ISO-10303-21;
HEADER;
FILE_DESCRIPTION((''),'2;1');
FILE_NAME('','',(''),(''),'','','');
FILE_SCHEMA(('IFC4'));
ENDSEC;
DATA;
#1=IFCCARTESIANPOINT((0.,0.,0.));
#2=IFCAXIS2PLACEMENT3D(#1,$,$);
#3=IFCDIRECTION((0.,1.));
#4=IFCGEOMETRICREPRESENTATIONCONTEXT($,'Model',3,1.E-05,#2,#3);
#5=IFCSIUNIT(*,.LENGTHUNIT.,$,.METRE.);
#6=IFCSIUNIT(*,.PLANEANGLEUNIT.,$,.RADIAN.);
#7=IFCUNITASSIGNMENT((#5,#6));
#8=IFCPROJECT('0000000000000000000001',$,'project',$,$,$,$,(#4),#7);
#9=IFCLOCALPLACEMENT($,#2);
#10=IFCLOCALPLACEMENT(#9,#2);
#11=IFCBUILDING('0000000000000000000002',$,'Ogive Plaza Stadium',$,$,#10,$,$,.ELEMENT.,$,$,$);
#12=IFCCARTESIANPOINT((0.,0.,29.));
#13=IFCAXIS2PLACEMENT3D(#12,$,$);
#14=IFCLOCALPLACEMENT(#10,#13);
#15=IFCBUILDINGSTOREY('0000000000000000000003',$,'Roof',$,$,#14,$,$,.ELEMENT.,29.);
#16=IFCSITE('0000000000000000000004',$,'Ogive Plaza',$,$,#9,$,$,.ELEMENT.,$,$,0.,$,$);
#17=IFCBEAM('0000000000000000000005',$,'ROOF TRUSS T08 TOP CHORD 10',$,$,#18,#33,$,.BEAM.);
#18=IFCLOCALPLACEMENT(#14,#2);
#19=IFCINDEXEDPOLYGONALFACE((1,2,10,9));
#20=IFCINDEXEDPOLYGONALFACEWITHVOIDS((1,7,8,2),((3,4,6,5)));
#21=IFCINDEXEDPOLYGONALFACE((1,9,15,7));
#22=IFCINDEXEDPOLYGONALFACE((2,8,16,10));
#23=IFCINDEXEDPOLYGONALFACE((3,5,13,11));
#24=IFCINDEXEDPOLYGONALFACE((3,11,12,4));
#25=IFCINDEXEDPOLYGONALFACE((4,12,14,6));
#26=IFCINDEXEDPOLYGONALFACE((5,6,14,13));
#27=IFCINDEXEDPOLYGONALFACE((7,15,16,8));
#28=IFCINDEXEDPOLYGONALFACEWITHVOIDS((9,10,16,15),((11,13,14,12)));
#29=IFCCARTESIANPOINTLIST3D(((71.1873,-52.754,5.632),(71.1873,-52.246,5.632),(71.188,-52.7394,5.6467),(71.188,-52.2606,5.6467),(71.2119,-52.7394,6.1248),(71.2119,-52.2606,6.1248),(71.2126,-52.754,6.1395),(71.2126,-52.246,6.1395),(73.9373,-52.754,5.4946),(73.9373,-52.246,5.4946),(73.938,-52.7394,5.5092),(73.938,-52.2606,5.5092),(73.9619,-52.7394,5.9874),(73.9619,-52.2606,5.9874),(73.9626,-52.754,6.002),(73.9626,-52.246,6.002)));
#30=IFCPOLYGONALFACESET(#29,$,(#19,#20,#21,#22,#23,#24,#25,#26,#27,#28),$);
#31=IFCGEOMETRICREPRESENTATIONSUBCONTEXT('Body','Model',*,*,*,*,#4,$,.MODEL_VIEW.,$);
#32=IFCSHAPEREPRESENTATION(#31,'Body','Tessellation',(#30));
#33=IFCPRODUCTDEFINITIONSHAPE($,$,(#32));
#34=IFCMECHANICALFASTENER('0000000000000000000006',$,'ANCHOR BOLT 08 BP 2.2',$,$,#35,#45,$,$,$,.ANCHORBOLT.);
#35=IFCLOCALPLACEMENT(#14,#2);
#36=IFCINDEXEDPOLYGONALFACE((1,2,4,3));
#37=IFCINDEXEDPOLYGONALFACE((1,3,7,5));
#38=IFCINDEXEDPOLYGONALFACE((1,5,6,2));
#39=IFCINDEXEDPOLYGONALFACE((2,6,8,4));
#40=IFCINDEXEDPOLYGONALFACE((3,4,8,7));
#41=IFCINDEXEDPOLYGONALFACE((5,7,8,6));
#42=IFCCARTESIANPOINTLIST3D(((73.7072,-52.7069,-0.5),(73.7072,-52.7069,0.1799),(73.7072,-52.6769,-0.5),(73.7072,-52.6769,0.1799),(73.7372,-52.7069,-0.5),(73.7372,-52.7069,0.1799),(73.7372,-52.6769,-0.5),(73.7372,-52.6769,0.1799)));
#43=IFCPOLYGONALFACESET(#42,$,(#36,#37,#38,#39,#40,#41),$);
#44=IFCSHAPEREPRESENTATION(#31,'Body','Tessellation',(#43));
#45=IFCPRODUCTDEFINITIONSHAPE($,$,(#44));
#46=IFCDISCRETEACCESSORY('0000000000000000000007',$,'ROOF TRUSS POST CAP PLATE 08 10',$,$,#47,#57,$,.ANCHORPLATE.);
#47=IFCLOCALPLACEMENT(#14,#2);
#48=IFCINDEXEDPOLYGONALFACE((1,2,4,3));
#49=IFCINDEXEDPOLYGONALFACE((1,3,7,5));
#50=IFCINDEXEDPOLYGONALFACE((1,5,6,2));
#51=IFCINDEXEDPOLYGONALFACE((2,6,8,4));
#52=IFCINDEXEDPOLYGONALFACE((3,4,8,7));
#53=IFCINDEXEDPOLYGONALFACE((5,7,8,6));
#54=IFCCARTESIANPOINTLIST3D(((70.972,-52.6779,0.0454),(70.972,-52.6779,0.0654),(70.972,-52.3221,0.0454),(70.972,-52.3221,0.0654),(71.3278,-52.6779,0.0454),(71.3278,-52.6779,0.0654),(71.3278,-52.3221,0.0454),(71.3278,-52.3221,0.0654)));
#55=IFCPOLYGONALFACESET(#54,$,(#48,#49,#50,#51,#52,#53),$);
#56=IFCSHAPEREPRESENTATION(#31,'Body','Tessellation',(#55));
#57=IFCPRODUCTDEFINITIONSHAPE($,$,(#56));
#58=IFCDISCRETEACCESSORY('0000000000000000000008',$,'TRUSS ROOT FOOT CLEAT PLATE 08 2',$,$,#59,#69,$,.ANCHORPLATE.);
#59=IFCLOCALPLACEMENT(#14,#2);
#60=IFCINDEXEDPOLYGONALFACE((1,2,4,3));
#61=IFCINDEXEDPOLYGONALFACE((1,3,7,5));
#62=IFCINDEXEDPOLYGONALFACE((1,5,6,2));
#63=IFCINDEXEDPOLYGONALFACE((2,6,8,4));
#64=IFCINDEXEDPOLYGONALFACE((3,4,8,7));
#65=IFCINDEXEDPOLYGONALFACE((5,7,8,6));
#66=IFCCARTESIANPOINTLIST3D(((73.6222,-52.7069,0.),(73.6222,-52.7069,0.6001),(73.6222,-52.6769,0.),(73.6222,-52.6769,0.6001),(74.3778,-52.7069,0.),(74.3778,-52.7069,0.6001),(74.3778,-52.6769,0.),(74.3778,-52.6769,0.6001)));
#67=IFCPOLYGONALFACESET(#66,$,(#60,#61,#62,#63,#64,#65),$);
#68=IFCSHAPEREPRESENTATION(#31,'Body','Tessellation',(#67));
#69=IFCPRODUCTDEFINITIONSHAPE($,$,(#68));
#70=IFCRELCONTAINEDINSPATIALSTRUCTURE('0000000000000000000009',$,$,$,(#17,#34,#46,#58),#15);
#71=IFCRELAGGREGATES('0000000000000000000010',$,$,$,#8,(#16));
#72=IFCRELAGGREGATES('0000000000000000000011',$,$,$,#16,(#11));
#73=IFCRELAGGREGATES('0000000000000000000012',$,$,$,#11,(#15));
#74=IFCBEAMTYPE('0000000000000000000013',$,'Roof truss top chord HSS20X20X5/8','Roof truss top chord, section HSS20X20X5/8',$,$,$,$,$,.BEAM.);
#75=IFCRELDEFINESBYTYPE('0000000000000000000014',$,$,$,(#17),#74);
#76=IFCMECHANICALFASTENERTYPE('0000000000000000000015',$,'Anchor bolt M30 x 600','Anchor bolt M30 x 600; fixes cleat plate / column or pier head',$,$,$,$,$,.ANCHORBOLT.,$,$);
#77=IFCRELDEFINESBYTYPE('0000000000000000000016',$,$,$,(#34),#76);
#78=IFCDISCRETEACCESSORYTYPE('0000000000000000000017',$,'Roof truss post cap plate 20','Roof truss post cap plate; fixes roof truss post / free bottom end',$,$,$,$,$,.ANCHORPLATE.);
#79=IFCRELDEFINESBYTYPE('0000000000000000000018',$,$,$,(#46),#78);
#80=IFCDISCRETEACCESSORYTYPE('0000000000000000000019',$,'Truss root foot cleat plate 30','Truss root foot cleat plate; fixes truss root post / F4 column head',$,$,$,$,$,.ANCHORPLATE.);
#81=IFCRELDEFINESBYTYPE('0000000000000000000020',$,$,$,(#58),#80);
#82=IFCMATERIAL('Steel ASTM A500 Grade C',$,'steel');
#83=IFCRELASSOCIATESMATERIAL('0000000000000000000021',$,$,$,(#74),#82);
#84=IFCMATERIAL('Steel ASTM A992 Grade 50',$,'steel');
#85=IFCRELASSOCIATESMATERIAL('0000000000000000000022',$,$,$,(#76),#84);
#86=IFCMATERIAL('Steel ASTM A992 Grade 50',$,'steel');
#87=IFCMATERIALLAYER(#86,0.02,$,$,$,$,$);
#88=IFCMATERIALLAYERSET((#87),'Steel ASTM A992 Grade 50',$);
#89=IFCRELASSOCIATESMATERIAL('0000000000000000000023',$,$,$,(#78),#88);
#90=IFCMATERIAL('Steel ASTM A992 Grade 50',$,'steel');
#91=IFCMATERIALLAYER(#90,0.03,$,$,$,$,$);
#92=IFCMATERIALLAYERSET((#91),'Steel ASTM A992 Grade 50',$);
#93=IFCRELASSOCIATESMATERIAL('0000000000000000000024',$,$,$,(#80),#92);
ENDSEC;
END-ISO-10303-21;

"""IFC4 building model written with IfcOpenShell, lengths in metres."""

from ifc_helpers import new_model, si_unit, direction, frame, origin, origin_2d, place, context, subcontext, project, spatial, rectangle, hollow_rectangle, extrude, material, layer, layer_set, material_profile, profile_set, type_object, element, save


model = new_model("IFC4")

# Units and contexts
model_context = context("Model", 3, precision=1e-05, world=origin(), true_north=direction((0.0, 1.0)))
body_context = subcontext(model_context, "Body", "Model", "MODEL_VIEW")
ifc_project = project(units=[si_unit("LENGTHUNIT", "METRE"), si_unit("PLANEANGLEUNIT", "RADIAN")], contexts=[model_context])

# Site, building, storey
site_placement = place(None, origin())
site = spatial("IfcSite", under=ifc_project, at=site_placement, Name="Ogive Plaza", CompositionType="ELEMENT", RefElevation=0.0)
building_placement = place(site_placement, origin())
building = spatial("IfcBuilding", under=site, at=building_placement, Name="Ogive Plaza Stadium", CompositionType="ELEMENT")
storey_placement = place(building_placement, frame((0.0, 0.0, 29.0)))
storey = spatial("IfcBuildingStorey", under=building, at=storey_placement, Name="Roof", CompositionType="ELEMENT", Elevation=29.0)

# Beam
ifc_material_1 = material(Name="Steel ASTM A500 Grade C", Category="steel")
ifc_material_profile_1 = material_profile(ifc_material_1, hollow_rectangle(XDim=0.5081, YDim=0.5081, WallThickness=0.0146, at=origin_2d()), Name="HSS20X20X5/8")
ifc_profile_set_1 = profile_set([ifc_material_profile_1], Name="Steel ASTM A500 Grade C")
beam_type_1 = type_object("IfcBeamType", Name="Roof truss top chord HSS20X20X5/8", Description="Roof truss top chord, section HSS20X20X5/8", PredefinedType="BEAM", material=ifc_profile_set_1)
beam_1_placement = place(storey_placement, frame((71.2, -52.5, 5.8857), z_axis=(0.998753, 0.0, -0.04992), x_axis=(0.0, 1.0, 0.0)))
element("IfcBeam", 1, at=beam_1_placement, inside=storey, type_object=beam_type_1, Name="ROOF TRUSS T08 TOP CHORD 10", PredefinedType="BEAM", context=body_context, shape_type="SweptSolid", body=[
    extrude(hollow_rectangle(XDim=0.5081, YDim=0.5081, WallThickness=0.0146, at=origin_2d()), origin(), (0.0, 0.0, 1.0), 2.7534),
])

# Mechanical fastener
ifc_material_2 = material(Name="Steel ASTM A992 Grade 50", Category="steel")
mechanical_fastener_type = type_object("IfcMechanicalFastenerType", Name="Anchor bolt M30 x 600", Description="Anchor bolt M30 x 600; fixes cleat plate / column or pier head", PredefinedType="ANCHORBOLT", material=ifc_material_2)
mechanical_fastener_placement = place(storey_placement, frame((73.7222, -52.6919, -0.5), z_axis=(0.0, 0.0, 1.0), x_axis=(1.0, 0.0, 0.0)))
element("IfcMechanicalFastener", 2, at=mechanical_fastener_placement, inside=storey, type_object=mechanical_fastener_type, Name="ANCHOR BOLT 08 BP 2.2", PredefinedType="ANCHORBOLT", context=body_context, shape_type="SweptSolid", body=[
    extrude(rectangle(XDim=0.03, YDim=0.03, at=origin_2d()), origin(), (0.0, 0.0, 1.0), 0.6799),
])

# Discrete accessories
ifc_material_3 = material(Name="Steel ASTM A992 Grade 50", Category="steel")
ifc_layer_1 = layer(ifc_material_3, 0.02)
ifc_layer_set_1 = layer_set([ifc_layer_1], Name="Steel ASTM A992 Grade 50")
discrete_accessory_type_1 = type_object("IfcDiscreteAccessoryType", Name="Roof truss post cap plate 20", Description="Roof truss post cap plate; fixes roof truss post / free bottom end", PredefinedType="ANCHORPLATE", material=ifc_layer_set_1)
discrete_accessory_1_placement = place(storey_placement, frame((71.1499, -52.5, 0.0454), z_axis=(0.0, 0.0, 1.0), x_axis=(1.0, 0.0, 0.0)))
element("IfcDiscreteAccessory", 3, at=discrete_accessory_1_placement, inside=storey, type_object=discrete_accessory_type_1, Name="ROOF TRUSS POST CAP PLATE 08 10", PredefinedType="ANCHORPLATE", context=body_context, shape_type="SweptSolid", body=[
    extrude(rectangle(XDim=0.3557, YDim=0.3557, at=origin_2d()), origin(), (0.0, 0.0, 1.0), 0.02),
])
ifc_material_4 = material(Name="Steel ASTM A992 Grade 50", Category="steel")
ifc_layer_2 = layer(ifc_material_4, 0.03)
ifc_layer_set_2 = layer_set([ifc_layer_2], Name="Steel ASTM A992 Grade 50")
discrete_accessory_type_2 = type_object("IfcDiscreteAccessoryType", Name="Truss root foot cleat plate 30", Description="Truss root foot cleat plate; fixes truss root post / F4 column head", PredefinedType="ANCHORPLATE", material=ifc_layer_set_2)
discrete_accessory_2_placement = place(storey_placement, frame((74.0, -52.6919, 0.0), z_axis=(0.0, 0.0, 1.0), x_axis=(1.0, 0.0, 0.0)))
element("IfcDiscreteAccessory", 4, at=discrete_accessory_2_placement, inside=storey, type_object=discrete_accessory_type_2, Name="TRUSS ROOT FOOT CLEAT PLATE 08 2", PredefinedType="ANCHORPLATE", context=body_context, shape_type="SweptSolid", body=[
    extrude(rectangle(XDim=0.7556, YDim=0.03, at=origin_2d()), origin(), (0.0, 0.0, 1.0), 0.6001),
])

save(model, "model.ifc")
